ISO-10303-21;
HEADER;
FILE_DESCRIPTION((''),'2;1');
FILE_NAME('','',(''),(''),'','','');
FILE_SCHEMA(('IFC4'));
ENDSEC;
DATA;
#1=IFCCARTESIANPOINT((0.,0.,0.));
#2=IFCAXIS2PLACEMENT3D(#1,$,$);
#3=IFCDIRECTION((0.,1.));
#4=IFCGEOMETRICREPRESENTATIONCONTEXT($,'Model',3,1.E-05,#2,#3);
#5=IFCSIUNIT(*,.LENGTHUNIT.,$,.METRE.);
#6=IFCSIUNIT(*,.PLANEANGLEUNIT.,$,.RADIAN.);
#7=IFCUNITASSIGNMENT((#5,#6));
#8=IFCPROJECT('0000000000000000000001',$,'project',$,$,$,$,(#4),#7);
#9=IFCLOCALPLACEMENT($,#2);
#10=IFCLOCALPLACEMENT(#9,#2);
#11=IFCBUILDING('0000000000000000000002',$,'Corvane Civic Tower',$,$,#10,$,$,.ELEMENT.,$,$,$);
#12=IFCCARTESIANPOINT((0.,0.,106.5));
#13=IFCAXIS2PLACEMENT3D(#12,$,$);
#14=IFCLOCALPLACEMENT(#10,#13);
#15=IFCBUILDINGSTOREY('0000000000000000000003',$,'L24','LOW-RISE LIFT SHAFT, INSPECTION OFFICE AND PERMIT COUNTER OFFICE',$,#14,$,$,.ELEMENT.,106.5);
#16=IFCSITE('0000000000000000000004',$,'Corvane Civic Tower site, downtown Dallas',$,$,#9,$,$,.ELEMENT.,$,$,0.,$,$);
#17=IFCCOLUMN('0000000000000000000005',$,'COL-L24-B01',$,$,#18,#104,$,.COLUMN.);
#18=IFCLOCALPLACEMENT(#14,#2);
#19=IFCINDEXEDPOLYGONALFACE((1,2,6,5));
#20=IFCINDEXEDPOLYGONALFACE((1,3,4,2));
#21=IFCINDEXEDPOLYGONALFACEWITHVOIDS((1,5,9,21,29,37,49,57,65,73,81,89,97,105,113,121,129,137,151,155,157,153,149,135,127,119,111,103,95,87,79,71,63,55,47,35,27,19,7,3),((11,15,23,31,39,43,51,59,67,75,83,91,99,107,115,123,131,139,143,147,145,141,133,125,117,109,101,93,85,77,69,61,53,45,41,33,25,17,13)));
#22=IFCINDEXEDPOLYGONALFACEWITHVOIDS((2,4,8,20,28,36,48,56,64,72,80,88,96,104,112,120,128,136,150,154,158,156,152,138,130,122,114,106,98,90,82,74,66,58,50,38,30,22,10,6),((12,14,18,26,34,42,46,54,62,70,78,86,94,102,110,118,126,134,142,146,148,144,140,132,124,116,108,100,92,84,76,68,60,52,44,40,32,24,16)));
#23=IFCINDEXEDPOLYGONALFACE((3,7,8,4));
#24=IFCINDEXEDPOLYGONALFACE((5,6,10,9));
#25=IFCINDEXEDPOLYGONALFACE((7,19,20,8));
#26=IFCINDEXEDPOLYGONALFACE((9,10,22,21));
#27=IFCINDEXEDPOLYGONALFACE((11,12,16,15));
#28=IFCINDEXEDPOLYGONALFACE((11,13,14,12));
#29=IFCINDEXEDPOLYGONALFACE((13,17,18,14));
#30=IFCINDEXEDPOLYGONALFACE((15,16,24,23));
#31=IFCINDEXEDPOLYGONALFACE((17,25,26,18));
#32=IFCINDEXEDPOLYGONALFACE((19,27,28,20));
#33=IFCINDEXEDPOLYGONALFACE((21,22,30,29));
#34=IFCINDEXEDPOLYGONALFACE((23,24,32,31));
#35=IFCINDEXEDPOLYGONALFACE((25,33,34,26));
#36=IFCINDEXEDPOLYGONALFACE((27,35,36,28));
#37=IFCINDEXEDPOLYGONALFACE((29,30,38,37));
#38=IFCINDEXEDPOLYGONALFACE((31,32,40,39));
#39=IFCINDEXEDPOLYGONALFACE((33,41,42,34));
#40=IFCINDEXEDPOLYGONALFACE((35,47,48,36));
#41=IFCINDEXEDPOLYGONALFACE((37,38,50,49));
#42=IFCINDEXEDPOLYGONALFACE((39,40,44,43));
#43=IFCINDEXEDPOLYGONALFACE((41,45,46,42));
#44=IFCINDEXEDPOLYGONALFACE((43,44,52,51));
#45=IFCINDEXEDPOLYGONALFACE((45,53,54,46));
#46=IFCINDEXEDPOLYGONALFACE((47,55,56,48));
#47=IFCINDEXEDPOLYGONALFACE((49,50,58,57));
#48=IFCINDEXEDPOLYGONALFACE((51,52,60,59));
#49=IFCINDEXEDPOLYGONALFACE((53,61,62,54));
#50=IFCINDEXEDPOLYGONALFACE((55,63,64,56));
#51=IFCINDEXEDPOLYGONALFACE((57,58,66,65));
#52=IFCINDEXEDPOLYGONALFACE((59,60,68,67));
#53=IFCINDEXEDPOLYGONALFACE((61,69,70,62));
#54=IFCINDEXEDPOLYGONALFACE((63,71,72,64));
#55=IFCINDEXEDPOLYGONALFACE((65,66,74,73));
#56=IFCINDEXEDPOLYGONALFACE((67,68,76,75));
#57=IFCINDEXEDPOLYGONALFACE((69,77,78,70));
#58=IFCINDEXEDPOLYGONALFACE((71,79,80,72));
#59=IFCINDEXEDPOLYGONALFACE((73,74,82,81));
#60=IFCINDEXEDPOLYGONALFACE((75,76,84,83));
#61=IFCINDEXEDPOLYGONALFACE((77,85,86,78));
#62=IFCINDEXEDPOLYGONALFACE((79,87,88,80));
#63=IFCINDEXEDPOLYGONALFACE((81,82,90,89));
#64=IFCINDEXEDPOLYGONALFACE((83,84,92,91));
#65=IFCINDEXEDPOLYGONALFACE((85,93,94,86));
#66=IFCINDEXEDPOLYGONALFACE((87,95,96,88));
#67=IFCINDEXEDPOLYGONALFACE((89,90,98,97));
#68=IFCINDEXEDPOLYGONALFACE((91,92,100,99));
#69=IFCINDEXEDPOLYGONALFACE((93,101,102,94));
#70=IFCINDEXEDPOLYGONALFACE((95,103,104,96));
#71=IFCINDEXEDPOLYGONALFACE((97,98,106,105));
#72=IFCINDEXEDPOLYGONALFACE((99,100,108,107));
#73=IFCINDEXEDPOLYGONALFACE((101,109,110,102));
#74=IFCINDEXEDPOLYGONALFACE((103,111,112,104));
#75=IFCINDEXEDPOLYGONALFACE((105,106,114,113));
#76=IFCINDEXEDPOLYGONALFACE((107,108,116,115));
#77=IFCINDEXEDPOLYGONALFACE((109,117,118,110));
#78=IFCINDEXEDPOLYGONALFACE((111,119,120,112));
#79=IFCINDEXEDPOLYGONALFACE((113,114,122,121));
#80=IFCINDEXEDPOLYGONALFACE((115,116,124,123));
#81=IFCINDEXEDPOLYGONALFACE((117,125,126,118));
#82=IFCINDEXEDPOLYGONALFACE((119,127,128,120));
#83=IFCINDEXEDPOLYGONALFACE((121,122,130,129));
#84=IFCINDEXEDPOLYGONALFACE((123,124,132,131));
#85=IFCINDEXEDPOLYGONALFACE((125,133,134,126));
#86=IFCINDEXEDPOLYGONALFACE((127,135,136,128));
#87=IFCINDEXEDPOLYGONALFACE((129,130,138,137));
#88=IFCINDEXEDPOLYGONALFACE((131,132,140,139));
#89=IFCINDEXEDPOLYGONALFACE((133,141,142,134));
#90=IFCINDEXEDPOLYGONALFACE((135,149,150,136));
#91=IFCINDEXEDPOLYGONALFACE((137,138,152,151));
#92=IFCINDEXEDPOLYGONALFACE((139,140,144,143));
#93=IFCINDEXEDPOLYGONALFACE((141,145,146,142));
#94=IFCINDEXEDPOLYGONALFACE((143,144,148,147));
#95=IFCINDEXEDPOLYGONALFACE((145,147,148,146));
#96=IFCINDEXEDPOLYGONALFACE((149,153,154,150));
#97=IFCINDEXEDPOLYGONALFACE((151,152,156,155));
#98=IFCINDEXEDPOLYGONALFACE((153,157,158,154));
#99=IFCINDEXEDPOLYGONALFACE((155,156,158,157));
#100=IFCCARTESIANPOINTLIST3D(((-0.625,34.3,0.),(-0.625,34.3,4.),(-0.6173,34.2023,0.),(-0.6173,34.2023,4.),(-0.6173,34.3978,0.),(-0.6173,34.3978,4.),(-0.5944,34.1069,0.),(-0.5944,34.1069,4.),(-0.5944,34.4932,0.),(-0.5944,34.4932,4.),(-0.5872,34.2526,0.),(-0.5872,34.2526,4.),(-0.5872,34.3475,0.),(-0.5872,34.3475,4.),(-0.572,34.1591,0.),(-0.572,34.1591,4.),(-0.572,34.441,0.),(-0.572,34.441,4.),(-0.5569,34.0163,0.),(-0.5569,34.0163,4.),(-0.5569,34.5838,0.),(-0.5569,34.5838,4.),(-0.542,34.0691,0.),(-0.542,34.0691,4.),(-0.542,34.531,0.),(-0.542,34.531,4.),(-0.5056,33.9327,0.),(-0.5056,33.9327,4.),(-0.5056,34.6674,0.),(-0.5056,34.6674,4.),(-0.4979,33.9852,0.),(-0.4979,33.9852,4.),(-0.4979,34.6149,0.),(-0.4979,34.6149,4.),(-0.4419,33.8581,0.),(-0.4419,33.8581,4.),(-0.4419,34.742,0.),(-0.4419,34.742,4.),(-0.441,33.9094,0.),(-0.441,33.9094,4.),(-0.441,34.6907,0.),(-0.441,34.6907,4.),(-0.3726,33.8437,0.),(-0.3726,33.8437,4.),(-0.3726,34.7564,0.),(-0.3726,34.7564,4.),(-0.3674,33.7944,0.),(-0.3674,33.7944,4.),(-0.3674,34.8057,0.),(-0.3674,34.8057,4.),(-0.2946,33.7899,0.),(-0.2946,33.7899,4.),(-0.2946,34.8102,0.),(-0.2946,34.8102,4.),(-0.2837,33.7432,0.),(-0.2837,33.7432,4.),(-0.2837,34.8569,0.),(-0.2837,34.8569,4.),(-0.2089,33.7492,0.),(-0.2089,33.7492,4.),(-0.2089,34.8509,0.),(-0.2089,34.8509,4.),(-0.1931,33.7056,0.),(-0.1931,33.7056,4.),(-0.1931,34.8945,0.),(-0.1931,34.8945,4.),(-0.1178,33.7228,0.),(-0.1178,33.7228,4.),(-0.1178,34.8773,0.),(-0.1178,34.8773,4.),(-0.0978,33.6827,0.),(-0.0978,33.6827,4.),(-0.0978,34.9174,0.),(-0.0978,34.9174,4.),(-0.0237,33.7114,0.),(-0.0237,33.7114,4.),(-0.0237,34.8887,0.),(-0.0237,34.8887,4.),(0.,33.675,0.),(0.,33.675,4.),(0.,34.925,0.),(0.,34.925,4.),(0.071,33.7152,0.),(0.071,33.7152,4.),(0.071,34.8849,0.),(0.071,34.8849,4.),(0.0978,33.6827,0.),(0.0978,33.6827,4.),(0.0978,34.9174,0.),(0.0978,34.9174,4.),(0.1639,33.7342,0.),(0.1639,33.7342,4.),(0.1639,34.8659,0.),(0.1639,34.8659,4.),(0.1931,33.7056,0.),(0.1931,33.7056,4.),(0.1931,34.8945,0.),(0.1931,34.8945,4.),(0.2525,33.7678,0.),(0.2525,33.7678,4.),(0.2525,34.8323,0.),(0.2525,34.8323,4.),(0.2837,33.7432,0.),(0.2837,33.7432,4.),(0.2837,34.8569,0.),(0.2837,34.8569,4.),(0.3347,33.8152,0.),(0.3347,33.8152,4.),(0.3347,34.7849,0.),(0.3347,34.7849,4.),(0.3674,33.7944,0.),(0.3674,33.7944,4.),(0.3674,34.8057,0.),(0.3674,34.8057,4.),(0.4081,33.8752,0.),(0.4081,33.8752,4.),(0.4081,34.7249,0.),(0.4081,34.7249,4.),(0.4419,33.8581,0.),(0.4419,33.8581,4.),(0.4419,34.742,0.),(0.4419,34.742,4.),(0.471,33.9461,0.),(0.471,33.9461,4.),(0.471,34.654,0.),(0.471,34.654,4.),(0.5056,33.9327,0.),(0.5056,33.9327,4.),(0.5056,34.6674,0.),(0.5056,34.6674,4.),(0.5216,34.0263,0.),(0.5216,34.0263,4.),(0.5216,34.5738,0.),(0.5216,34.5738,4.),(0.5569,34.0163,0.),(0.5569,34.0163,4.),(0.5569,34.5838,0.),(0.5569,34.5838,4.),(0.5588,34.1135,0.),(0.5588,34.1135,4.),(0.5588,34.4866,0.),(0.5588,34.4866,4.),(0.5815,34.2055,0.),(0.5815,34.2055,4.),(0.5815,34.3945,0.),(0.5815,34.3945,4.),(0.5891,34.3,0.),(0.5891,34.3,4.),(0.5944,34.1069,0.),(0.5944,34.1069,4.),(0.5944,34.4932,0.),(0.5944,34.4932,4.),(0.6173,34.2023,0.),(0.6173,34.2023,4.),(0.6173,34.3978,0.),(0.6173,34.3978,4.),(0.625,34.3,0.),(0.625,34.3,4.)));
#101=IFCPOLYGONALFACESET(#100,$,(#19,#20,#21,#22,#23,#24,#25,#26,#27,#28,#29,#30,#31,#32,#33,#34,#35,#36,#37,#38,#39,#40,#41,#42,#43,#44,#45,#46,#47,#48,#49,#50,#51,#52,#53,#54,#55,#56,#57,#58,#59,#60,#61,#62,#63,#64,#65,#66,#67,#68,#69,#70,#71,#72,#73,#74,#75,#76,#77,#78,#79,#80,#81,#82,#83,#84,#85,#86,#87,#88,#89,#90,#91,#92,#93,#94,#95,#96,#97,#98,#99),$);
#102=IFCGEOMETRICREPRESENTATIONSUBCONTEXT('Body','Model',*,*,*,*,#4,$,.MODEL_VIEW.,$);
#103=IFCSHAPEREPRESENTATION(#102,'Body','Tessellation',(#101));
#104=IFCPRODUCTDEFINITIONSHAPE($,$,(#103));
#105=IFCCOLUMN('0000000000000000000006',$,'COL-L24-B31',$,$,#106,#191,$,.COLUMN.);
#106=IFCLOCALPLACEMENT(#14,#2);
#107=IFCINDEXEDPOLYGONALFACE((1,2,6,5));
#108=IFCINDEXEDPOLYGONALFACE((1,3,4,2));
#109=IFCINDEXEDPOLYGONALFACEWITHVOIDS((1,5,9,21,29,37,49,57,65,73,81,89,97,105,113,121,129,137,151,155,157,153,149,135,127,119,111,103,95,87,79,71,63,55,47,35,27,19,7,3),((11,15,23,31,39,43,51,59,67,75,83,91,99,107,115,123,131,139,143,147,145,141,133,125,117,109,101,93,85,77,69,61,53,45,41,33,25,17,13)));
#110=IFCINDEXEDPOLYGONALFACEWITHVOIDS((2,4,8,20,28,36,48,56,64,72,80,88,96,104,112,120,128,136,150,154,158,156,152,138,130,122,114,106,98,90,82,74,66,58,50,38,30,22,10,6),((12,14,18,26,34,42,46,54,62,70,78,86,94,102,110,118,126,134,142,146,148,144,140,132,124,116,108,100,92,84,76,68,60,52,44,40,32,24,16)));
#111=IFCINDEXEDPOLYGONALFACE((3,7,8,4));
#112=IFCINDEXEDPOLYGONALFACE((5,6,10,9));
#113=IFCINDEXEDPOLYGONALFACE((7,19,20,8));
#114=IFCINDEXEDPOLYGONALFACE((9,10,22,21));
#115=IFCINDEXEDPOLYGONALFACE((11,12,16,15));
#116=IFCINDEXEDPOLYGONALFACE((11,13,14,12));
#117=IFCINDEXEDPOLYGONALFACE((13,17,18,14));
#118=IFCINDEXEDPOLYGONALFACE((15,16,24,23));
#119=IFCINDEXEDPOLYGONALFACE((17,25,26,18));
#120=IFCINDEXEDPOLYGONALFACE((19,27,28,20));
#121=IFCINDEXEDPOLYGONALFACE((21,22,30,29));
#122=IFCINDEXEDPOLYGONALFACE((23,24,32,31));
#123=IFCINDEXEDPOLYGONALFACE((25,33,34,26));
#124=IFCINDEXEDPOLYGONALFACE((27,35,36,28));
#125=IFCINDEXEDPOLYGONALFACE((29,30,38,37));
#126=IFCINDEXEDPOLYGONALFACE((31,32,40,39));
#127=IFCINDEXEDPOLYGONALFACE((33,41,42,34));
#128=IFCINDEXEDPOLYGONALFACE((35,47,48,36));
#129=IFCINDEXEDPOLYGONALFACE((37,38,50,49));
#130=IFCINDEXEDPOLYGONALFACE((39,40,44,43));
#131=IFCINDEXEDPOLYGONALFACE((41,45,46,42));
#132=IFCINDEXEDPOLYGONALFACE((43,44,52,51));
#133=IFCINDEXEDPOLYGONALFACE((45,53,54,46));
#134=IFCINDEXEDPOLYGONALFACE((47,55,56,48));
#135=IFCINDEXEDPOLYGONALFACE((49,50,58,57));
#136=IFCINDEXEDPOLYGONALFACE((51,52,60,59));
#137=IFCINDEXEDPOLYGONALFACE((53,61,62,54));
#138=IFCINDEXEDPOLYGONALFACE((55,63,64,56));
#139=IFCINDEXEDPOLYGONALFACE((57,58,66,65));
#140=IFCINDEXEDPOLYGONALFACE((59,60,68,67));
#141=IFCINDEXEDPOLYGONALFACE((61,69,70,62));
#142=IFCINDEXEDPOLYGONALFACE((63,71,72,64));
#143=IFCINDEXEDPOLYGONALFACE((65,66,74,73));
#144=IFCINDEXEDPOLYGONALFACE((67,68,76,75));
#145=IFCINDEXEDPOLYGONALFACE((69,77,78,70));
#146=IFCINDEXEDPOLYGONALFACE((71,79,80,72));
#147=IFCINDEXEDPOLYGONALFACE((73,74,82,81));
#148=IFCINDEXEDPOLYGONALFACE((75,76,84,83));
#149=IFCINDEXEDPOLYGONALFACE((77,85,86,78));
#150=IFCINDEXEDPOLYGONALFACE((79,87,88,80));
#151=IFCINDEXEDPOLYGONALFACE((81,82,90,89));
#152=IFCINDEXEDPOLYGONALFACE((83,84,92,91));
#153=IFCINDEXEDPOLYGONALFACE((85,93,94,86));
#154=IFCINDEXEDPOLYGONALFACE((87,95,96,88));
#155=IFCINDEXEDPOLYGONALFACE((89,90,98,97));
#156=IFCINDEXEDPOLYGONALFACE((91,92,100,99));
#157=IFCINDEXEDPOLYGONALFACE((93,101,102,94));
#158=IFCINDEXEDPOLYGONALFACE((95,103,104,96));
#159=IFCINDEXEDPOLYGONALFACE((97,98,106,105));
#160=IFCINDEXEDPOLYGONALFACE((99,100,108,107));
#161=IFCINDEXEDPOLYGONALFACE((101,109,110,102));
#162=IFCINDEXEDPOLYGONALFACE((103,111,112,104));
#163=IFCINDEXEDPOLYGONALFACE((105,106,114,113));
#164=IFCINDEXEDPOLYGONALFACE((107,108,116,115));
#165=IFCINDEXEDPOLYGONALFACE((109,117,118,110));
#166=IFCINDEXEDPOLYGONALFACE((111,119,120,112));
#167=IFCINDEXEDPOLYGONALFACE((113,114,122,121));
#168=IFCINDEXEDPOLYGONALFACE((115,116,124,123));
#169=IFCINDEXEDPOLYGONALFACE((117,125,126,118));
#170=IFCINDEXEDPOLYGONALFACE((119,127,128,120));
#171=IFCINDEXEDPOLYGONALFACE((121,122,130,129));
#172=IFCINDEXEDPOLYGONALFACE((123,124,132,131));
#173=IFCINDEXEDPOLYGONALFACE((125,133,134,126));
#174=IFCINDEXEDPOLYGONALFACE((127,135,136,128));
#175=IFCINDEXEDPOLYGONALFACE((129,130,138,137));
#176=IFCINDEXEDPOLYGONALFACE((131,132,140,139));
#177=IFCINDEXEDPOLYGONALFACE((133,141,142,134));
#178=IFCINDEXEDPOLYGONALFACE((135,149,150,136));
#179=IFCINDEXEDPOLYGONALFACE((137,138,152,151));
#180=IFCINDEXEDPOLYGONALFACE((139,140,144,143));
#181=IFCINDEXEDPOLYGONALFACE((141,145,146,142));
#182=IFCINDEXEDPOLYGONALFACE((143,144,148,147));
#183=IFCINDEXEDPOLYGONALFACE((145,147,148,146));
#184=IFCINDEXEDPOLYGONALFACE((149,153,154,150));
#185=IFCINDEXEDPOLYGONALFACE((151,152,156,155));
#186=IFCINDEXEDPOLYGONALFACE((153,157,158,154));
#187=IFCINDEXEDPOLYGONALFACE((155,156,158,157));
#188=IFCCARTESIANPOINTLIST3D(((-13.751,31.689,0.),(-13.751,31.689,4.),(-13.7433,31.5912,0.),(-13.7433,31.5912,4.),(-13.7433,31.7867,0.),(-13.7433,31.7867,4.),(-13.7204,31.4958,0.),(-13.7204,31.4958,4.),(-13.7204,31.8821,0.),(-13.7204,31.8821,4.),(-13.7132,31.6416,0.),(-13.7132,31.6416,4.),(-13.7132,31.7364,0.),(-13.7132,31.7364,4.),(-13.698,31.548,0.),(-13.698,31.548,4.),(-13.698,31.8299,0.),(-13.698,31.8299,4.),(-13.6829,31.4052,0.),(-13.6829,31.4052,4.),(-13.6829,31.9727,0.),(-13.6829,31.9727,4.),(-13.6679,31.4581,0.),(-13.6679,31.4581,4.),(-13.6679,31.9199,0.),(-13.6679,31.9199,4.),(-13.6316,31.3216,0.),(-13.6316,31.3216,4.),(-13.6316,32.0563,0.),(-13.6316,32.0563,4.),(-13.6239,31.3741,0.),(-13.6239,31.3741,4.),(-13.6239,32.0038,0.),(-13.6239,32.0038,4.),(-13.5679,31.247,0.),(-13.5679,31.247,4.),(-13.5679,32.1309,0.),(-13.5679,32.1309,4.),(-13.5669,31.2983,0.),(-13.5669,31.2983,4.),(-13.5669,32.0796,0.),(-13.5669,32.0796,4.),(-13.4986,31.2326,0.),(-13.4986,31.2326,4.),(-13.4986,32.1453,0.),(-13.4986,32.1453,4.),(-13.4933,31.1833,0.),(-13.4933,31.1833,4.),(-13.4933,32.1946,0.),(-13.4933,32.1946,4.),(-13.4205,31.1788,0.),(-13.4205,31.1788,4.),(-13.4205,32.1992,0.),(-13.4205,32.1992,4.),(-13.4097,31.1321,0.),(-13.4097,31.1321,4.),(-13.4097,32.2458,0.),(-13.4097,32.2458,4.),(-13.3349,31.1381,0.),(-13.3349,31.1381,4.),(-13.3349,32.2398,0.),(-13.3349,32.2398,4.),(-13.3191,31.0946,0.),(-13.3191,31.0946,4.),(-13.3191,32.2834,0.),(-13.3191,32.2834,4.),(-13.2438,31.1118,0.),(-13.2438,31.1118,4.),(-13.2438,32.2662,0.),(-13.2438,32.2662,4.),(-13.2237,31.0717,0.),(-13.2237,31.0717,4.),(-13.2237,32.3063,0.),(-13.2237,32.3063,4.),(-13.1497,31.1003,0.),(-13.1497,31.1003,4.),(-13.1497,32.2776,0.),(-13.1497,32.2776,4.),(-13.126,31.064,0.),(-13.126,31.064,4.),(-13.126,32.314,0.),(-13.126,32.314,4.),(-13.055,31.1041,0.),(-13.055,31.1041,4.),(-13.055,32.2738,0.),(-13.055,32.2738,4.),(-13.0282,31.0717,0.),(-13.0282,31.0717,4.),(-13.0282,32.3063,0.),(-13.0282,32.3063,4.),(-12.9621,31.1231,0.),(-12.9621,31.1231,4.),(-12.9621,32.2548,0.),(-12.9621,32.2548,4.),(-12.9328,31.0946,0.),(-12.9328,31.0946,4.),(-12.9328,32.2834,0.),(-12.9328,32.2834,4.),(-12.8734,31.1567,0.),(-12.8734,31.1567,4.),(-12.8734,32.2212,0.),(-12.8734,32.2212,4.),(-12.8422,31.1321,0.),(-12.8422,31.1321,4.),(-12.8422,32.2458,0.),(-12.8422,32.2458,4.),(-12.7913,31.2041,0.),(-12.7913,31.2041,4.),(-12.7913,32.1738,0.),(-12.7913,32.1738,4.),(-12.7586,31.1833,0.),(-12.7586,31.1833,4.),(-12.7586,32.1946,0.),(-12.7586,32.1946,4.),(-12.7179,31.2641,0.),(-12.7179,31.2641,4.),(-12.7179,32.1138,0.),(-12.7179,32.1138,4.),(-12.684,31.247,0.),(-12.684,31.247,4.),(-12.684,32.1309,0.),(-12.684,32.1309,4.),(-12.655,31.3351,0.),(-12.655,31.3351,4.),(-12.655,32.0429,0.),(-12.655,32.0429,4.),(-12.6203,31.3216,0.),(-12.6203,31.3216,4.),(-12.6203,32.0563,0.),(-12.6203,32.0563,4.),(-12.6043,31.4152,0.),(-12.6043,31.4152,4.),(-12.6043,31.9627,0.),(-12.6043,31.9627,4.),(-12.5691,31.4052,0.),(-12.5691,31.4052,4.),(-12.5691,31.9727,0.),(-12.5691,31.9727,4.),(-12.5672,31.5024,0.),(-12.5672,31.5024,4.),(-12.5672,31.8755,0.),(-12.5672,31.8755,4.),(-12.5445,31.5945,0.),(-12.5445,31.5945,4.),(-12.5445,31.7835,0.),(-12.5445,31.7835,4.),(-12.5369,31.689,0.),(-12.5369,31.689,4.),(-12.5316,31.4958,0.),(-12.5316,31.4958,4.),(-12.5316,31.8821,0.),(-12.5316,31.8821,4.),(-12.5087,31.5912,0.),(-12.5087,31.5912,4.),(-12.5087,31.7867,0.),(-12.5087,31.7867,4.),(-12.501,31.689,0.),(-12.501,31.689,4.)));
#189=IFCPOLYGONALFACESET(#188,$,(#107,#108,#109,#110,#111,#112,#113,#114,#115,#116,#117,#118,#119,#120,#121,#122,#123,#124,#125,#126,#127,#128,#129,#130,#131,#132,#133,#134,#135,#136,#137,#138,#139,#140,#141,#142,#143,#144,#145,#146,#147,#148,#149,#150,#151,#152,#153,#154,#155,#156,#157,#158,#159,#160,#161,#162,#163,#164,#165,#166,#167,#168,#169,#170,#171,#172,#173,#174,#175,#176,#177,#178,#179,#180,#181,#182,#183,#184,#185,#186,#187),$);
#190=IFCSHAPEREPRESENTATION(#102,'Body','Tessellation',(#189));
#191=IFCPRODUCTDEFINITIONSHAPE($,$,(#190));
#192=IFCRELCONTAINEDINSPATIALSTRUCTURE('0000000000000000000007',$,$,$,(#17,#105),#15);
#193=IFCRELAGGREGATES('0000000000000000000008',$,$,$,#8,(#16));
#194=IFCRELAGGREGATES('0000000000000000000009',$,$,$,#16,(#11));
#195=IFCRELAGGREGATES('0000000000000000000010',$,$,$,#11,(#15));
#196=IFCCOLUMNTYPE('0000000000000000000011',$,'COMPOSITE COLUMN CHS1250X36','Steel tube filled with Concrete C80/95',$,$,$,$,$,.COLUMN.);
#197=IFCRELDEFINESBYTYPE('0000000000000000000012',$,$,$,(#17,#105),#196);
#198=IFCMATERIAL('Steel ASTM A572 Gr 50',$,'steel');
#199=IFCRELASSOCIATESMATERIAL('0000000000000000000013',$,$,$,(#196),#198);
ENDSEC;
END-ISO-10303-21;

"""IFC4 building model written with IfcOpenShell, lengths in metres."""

from ifc_helpers import new_model, si_unit, direction, frame, origin, origin_2d, place, context, subcontext, project, spatial, hollow_circle, extrude, material, material_profile, profile_set, type_object, element, save


model = new_model("IFC4")

# Units and contexts
model_context = context("Model", 3, precision=1e-05, world=origin(), true_north=direction((0.0, 1.0)))
body_context = subcontext(model_context, "Body", "Model", "MODEL_VIEW")
ifc_project = project(units=[si_unit("LENGTHUNIT", "METRE"), si_unit("PLANEANGLEUNIT", "RADIAN")], contexts=[model_context])

# Site, building, storey
site_placement = place(None, origin())
site = spatial("IfcSite", under=ifc_project, at=site_placement, Name="Corvane Civic Tower site, downtown Dallas", CompositionType="ELEMENT", RefElevation=0.0)
building_placement = place(site_placement, origin())
building = spatial("IfcBuilding", under=site, at=building_placement, Name="Corvane Civic Tower", CompositionType="ELEMENT")
storey_placement = place(building_placement, frame((0.0, 0.0, 106.5)))
storey = spatial("IfcBuildingStorey", under=building, at=storey_placement, Name="L24", Description="LOW-RISE LIFT SHAFT, INSPECTION OFFICE AND PERMIT COUNTER OFFICE", CompositionType="ELEMENT", Elevation=106.5)

# Columns
ifc_material_1 = material(Name="Steel ASTM A572 Gr 50", Category="steel")
ifc_material_profile_1 = material_profile(ifc_material_1, hollow_circle(Radius=0.625, WallThickness=0.0359, at=origin_2d()), Name="CHS1250X36")
ifc_profile_set_1 = profile_set([ifc_material_profile_1], Name="Steel ASTM A572 Gr 50")
column_type = type_object("IfcColumnType", Name="COMPOSITE COLUMN CHS1250X36", Description="Steel tube filled with Concrete C80/95", PredefinedType="COLUMN", material=ifc_profile_set_1)
for number, where, z_axis, x_axis, name in (
    (1, (0.0, 34.3, 0.0), (0.0, 0.0, 1.0), (1.0, 0.0, 0.0), "COL-L24-B01"),
    (2, (-13.126, 31.689, 0.0), (0.0, 0.0, 1.0), (1.0, 0.0, 0.0), "COL-L24-B31"),
):
    element("IfcColumn", number, at=place(storey_placement, frame(where, z_axis=z_axis, x_axis=x_axis)), inside=storey, type_object=column_type, Name=name, PredefinedType="COLUMN", context=body_context, shape_type="SweptSolid", body=[
        extrude(hollow_circle(Radius=0.625, WallThickness=0.0359, at=origin_2d()), origin(), (0.0, 0.0, 1.0), 4.0),
    ])

save(model, "model.ifc")
